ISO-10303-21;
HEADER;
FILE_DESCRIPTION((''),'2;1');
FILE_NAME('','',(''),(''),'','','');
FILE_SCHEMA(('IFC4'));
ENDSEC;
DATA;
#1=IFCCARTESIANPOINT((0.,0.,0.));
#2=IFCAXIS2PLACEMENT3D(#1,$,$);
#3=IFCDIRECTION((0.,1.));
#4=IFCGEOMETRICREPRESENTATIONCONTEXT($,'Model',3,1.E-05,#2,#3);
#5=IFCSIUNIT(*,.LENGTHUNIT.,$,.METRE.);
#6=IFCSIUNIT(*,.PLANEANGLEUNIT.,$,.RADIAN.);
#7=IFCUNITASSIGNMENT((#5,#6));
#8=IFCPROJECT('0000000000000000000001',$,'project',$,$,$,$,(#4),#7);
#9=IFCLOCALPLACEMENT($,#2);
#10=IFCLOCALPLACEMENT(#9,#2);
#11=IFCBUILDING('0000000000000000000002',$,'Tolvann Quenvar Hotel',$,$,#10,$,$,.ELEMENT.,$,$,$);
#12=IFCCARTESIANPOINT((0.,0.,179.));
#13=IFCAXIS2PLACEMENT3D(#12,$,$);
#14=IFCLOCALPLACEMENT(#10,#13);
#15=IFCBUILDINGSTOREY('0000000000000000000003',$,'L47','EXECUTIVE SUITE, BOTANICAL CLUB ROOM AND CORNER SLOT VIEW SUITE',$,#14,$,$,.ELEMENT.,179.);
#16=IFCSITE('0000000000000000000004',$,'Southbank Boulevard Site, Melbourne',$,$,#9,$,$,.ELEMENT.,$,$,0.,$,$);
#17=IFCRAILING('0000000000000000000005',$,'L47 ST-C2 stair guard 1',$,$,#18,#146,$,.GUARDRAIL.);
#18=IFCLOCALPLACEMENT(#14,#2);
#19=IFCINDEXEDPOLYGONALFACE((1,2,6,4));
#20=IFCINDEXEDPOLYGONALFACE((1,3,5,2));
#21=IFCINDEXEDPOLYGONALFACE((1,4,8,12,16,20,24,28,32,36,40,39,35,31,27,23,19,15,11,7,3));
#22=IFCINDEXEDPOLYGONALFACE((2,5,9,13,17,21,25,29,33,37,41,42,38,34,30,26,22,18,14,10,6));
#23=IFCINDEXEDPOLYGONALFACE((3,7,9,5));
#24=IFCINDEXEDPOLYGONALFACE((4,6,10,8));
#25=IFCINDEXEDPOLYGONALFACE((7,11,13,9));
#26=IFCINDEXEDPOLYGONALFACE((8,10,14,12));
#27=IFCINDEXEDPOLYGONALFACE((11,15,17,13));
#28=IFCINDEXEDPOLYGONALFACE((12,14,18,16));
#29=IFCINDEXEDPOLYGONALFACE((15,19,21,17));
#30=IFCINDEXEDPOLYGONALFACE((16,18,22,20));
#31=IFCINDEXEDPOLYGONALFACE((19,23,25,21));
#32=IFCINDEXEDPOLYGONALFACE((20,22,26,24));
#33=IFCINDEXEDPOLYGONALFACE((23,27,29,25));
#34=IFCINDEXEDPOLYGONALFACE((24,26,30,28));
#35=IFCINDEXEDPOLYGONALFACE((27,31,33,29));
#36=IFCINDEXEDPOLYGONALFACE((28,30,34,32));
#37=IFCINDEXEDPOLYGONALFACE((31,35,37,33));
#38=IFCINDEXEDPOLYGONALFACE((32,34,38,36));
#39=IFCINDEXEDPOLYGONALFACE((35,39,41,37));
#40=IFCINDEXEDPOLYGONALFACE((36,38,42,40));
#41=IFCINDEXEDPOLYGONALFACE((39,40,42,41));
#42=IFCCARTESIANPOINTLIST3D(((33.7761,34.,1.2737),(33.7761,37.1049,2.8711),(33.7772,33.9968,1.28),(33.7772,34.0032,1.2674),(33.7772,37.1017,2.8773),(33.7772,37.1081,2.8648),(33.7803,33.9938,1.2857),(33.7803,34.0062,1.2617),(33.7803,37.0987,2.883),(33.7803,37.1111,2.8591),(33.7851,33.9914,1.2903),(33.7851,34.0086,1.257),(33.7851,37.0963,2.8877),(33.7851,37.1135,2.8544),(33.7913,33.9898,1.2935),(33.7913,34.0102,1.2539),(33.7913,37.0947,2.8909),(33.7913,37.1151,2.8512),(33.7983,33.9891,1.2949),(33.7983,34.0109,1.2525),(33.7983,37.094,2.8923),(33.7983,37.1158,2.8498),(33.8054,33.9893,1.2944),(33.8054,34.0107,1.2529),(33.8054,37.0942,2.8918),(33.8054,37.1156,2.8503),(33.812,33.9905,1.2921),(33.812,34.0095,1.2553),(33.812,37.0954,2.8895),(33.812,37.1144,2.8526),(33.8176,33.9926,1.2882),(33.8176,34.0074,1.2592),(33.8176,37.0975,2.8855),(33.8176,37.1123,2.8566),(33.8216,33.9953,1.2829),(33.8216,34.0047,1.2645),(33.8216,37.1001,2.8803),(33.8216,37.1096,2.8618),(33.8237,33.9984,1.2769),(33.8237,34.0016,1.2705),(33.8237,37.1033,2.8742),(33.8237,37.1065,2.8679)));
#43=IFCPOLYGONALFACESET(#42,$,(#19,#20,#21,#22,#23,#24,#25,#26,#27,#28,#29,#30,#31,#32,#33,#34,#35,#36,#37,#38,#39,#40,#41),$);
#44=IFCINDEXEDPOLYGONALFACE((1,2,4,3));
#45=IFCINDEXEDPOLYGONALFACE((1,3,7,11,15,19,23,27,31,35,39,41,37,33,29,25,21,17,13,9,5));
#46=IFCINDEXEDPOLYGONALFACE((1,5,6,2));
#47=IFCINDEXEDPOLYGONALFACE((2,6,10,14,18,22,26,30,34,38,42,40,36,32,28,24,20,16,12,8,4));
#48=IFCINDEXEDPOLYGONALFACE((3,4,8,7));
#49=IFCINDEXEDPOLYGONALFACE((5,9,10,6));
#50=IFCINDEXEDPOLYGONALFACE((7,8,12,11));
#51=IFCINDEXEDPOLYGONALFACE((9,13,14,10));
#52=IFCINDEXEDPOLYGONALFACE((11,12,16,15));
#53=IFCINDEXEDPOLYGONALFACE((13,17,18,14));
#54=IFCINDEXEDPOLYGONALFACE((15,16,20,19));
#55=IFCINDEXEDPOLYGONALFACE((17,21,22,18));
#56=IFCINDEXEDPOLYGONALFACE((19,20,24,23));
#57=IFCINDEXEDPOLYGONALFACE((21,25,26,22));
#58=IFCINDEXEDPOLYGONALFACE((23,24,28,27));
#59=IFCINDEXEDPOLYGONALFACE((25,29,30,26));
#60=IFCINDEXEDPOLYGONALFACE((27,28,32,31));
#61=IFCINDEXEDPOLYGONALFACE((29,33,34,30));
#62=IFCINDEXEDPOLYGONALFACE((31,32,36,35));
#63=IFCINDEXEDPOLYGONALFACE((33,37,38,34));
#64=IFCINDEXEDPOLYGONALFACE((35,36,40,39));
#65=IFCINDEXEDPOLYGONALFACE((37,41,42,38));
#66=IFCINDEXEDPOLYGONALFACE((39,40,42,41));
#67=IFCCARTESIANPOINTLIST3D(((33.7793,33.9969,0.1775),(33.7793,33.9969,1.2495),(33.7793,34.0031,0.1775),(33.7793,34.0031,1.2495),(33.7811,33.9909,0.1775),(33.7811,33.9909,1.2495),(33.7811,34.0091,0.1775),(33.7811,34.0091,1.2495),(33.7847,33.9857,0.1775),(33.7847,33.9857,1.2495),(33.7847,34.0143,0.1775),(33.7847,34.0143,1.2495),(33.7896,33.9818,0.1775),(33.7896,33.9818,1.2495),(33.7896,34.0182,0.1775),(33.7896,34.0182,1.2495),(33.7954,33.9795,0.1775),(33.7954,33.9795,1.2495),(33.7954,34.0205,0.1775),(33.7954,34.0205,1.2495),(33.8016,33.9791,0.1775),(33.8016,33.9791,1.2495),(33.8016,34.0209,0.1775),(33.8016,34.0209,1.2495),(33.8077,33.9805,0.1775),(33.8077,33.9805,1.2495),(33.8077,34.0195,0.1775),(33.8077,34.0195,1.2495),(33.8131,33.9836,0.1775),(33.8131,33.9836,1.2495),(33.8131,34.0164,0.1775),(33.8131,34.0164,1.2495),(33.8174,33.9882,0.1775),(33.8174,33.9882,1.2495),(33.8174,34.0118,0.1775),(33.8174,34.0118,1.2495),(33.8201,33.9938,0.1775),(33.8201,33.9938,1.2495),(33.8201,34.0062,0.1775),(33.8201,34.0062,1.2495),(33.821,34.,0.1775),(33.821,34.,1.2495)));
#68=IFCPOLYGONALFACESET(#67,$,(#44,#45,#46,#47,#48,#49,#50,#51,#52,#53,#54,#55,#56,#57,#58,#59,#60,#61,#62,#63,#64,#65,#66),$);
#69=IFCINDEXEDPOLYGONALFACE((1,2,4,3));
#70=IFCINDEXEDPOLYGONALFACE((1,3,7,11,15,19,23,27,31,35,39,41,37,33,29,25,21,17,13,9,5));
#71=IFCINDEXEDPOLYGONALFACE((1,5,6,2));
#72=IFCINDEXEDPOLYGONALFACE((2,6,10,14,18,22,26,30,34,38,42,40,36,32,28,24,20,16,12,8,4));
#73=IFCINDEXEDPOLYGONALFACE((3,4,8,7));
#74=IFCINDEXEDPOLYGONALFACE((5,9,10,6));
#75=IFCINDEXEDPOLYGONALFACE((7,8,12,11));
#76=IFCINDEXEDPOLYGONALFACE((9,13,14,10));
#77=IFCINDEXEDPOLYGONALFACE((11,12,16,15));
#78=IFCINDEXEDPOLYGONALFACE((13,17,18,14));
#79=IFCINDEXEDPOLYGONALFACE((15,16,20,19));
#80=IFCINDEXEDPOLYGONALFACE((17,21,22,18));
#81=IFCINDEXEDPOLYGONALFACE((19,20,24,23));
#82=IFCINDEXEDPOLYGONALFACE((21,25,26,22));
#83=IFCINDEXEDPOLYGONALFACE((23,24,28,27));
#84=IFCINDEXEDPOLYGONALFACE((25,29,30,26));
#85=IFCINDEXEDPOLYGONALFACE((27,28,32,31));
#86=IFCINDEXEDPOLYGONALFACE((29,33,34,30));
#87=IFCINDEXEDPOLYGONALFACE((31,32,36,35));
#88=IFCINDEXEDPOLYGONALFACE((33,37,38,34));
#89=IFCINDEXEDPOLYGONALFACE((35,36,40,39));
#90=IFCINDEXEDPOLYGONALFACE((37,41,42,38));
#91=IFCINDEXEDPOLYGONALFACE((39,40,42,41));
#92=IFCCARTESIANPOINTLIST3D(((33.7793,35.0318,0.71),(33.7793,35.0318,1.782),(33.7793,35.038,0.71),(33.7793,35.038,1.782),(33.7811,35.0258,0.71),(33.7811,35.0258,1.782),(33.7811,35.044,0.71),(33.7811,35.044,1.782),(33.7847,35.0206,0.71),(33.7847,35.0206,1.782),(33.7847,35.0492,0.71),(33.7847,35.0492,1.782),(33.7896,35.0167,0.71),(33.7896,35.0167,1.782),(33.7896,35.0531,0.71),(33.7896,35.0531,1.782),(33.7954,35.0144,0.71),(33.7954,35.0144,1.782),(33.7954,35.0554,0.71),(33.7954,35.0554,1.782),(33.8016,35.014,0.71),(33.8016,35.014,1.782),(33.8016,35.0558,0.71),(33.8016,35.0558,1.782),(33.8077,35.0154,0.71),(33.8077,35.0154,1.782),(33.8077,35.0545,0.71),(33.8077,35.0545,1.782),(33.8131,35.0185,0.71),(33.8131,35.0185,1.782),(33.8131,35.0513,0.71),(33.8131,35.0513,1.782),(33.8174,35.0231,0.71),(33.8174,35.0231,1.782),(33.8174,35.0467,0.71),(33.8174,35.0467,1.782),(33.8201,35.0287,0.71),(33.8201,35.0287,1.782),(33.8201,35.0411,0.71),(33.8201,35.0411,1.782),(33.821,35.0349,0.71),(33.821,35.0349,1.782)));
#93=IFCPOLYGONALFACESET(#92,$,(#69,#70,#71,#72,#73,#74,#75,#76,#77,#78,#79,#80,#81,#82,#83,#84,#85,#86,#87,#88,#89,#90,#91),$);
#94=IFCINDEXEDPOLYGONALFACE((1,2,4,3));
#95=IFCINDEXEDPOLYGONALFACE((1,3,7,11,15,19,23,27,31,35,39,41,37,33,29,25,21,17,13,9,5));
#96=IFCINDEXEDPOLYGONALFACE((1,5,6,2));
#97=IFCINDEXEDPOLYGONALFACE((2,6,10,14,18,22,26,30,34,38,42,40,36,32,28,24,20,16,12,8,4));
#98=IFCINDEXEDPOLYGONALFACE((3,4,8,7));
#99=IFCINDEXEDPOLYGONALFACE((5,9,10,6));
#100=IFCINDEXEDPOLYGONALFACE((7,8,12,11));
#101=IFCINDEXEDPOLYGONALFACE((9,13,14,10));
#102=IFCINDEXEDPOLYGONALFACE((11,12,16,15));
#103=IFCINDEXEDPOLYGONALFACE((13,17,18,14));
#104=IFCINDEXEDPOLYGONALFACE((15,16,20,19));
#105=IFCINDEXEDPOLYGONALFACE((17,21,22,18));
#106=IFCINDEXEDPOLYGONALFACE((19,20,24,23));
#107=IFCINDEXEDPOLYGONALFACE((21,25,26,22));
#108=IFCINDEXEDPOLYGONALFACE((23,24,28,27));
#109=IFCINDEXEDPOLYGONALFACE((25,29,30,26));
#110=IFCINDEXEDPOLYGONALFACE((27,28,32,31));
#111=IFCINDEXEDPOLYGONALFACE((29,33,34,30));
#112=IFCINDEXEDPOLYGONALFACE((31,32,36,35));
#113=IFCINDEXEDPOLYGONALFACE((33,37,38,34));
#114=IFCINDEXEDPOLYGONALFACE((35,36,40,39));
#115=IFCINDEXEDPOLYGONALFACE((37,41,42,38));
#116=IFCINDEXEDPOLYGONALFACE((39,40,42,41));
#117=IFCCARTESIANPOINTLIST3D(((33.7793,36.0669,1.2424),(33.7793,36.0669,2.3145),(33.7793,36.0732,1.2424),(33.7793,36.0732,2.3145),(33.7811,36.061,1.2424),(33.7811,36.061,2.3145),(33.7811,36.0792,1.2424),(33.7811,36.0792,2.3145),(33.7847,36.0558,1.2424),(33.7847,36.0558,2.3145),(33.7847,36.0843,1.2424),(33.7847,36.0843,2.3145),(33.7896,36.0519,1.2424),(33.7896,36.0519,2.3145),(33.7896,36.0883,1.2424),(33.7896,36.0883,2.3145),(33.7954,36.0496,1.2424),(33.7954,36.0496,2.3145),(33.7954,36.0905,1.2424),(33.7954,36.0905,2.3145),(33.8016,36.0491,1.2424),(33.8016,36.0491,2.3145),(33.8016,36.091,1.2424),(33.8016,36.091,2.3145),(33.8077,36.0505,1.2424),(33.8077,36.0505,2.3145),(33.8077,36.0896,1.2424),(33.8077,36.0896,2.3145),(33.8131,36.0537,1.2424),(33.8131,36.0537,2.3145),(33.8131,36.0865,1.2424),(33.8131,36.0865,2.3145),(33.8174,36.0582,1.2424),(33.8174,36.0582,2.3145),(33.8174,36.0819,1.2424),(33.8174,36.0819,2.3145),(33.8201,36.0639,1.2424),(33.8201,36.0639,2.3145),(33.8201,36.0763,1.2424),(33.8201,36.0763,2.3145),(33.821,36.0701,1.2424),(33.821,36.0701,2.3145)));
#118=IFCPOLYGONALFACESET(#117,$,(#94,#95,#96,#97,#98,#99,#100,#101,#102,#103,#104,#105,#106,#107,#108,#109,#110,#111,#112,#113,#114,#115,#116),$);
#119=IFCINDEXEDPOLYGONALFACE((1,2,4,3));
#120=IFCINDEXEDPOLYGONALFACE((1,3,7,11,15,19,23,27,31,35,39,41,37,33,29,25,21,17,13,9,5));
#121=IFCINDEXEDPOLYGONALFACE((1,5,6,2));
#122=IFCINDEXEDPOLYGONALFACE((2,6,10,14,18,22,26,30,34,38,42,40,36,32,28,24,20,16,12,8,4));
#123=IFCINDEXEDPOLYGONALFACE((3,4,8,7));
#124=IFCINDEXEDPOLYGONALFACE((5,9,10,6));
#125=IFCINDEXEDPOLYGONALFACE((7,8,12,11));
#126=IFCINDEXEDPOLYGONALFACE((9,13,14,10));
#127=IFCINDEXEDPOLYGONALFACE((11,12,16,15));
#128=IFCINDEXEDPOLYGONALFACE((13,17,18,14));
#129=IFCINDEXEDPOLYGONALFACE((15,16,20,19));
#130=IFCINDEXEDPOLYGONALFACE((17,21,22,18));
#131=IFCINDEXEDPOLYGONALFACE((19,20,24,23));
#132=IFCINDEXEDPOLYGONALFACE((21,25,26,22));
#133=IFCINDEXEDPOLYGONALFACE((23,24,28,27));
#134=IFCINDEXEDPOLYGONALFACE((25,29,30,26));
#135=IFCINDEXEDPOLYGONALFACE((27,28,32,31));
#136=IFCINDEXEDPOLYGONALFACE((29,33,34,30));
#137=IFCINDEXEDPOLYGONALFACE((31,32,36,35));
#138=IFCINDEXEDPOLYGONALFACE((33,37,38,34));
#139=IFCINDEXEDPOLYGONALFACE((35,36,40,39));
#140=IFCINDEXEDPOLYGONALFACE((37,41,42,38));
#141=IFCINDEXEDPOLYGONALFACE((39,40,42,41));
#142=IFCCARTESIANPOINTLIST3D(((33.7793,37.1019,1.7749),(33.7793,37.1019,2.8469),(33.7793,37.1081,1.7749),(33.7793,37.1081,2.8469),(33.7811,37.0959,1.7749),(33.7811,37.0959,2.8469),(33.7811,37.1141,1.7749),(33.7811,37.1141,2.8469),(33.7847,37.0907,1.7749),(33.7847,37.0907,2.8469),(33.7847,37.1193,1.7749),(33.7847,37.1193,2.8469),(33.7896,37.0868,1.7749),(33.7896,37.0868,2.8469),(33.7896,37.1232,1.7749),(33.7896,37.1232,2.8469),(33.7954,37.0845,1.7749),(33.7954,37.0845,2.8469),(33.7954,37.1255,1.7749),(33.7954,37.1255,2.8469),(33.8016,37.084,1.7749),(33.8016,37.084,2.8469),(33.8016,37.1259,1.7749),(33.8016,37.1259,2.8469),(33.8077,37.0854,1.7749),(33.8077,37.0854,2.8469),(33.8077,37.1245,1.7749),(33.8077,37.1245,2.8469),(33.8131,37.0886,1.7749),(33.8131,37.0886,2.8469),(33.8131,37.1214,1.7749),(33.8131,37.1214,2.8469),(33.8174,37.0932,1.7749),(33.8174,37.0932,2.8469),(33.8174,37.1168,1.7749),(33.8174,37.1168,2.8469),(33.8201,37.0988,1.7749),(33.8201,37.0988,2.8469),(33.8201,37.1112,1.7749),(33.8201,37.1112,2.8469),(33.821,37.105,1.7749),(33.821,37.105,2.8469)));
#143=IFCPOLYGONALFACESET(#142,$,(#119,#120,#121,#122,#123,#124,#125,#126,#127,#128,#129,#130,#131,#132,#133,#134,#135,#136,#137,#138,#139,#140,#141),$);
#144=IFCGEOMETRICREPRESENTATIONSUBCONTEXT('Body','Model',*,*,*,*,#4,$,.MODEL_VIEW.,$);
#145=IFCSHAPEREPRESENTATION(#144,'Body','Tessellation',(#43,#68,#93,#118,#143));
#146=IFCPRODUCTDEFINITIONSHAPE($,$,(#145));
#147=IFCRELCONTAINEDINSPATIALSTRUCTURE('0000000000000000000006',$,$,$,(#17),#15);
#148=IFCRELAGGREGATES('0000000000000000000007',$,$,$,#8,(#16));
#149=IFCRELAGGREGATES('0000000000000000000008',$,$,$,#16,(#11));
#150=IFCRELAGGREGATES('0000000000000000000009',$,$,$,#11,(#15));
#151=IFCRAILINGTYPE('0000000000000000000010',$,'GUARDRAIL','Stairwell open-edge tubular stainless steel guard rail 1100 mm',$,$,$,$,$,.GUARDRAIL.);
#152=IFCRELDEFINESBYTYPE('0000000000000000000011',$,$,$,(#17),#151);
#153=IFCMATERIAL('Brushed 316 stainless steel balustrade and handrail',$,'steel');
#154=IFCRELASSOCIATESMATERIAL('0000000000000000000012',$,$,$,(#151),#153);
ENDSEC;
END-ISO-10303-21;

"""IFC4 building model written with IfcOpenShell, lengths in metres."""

from ifc_helpers import new_model, si_unit, direction, frame, origin, origin_2d, place, context, subcontext, project, spatial, circle, extrude, material, type_object, element, save


model = new_model("IFC4")

# Units and contexts
model_context = context("Model", 3, precision=1e-05, world=origin(), true_north=direction((0.0, 1.0)))
body_context = subcontext(model_context, "Body", "Model", "MODEL_VIEW")
ifc_project = project(units=[si_unit("LENGTHUNIT", "METRE"), si_unit("PLANEANGLEUNIT", "RADIAN")], contexts=[model_context])

# Site, building, storey
site_placement = place(None, origin())
site = spatial("IfcSite", under=ifc_project, at=site_placement, Name="Southbank Boulevard Site, Melbourne", CompositionType="ELEMENT", RefElevation=0.0)
building_placement = place(site_placement, origin())
building = spatial("IfcBuilding", under=site, at=building_placement, Name="Tolvann Quenvar Hotel", CompositionType="ELEMENT")
storey_placement = place(building_placement, frame((0.0, 0.0, 179.0)))
storey = spatial("IfcBuildingStorey", under=building, at=storey_placement, Name="L47", Description="EXECUTIVE SUITE, BOTANICAL CLUB ROOM AND CORNER SLOT VIEW SUITE", CompositionType="ELEMENT", Elevation=179.0)

# Railing
ifc_material_1 = material(Name="Brushed 316 stainless steel balustrade and handrail", Category="steel")
railing_type_1 = type_object("IfcRailingType", Name="GUARDRAIL", Description="Stairwell open-edge tubular stainless steel guard rail 1100 mm", PredefinedType="GUARDRAIL", material=ifc_material_1)
railing_1_placement = place(storey_placement, frame((33.8, 34.0, 0.1775)))
element("IfcRailing", 1, at=railing_1_placement, inside=storey, type_object=railing_type_1, Name="L47 ST-C2 stair guard 1", PredefinedType="GUARDRAIL", context=body_context, shape_type="SweptSolid", body=[
    extrude(circle(Radius=0.0239, at=origin_2d()), frame((0.0, 0.0, 1.0962), z_axis=(0.0, 0.889222, 0.457476), x_axis=(-1.0, 0.0, 0.0)), (0.0, 0.0, 1.0), 3.4917),
    extrude(circle(Radius=0.021, at=origin_2d()), origin(), (0.0, 0.0, 1.0), 1.072),
    extrude(circle(Radius=0.021, at=origin_2d()), frame((0.0, 1.0349, 0.5325)), (0.0, 0.0, 1.0), 1.072),
    extrude(circle(Radius=0.021, at=origin_2d()), frame((0.0, 2.0701, 1.0649)), (0.0, 0.0, 1.0), 1.072),
    extrude(circle(Radius=0.021, at=origin_2d()), frame((0.0, 3.105, 1.5974)), (0.0, 0.0, 1.0), 1.072),
])

save(model, "model.ifc")
